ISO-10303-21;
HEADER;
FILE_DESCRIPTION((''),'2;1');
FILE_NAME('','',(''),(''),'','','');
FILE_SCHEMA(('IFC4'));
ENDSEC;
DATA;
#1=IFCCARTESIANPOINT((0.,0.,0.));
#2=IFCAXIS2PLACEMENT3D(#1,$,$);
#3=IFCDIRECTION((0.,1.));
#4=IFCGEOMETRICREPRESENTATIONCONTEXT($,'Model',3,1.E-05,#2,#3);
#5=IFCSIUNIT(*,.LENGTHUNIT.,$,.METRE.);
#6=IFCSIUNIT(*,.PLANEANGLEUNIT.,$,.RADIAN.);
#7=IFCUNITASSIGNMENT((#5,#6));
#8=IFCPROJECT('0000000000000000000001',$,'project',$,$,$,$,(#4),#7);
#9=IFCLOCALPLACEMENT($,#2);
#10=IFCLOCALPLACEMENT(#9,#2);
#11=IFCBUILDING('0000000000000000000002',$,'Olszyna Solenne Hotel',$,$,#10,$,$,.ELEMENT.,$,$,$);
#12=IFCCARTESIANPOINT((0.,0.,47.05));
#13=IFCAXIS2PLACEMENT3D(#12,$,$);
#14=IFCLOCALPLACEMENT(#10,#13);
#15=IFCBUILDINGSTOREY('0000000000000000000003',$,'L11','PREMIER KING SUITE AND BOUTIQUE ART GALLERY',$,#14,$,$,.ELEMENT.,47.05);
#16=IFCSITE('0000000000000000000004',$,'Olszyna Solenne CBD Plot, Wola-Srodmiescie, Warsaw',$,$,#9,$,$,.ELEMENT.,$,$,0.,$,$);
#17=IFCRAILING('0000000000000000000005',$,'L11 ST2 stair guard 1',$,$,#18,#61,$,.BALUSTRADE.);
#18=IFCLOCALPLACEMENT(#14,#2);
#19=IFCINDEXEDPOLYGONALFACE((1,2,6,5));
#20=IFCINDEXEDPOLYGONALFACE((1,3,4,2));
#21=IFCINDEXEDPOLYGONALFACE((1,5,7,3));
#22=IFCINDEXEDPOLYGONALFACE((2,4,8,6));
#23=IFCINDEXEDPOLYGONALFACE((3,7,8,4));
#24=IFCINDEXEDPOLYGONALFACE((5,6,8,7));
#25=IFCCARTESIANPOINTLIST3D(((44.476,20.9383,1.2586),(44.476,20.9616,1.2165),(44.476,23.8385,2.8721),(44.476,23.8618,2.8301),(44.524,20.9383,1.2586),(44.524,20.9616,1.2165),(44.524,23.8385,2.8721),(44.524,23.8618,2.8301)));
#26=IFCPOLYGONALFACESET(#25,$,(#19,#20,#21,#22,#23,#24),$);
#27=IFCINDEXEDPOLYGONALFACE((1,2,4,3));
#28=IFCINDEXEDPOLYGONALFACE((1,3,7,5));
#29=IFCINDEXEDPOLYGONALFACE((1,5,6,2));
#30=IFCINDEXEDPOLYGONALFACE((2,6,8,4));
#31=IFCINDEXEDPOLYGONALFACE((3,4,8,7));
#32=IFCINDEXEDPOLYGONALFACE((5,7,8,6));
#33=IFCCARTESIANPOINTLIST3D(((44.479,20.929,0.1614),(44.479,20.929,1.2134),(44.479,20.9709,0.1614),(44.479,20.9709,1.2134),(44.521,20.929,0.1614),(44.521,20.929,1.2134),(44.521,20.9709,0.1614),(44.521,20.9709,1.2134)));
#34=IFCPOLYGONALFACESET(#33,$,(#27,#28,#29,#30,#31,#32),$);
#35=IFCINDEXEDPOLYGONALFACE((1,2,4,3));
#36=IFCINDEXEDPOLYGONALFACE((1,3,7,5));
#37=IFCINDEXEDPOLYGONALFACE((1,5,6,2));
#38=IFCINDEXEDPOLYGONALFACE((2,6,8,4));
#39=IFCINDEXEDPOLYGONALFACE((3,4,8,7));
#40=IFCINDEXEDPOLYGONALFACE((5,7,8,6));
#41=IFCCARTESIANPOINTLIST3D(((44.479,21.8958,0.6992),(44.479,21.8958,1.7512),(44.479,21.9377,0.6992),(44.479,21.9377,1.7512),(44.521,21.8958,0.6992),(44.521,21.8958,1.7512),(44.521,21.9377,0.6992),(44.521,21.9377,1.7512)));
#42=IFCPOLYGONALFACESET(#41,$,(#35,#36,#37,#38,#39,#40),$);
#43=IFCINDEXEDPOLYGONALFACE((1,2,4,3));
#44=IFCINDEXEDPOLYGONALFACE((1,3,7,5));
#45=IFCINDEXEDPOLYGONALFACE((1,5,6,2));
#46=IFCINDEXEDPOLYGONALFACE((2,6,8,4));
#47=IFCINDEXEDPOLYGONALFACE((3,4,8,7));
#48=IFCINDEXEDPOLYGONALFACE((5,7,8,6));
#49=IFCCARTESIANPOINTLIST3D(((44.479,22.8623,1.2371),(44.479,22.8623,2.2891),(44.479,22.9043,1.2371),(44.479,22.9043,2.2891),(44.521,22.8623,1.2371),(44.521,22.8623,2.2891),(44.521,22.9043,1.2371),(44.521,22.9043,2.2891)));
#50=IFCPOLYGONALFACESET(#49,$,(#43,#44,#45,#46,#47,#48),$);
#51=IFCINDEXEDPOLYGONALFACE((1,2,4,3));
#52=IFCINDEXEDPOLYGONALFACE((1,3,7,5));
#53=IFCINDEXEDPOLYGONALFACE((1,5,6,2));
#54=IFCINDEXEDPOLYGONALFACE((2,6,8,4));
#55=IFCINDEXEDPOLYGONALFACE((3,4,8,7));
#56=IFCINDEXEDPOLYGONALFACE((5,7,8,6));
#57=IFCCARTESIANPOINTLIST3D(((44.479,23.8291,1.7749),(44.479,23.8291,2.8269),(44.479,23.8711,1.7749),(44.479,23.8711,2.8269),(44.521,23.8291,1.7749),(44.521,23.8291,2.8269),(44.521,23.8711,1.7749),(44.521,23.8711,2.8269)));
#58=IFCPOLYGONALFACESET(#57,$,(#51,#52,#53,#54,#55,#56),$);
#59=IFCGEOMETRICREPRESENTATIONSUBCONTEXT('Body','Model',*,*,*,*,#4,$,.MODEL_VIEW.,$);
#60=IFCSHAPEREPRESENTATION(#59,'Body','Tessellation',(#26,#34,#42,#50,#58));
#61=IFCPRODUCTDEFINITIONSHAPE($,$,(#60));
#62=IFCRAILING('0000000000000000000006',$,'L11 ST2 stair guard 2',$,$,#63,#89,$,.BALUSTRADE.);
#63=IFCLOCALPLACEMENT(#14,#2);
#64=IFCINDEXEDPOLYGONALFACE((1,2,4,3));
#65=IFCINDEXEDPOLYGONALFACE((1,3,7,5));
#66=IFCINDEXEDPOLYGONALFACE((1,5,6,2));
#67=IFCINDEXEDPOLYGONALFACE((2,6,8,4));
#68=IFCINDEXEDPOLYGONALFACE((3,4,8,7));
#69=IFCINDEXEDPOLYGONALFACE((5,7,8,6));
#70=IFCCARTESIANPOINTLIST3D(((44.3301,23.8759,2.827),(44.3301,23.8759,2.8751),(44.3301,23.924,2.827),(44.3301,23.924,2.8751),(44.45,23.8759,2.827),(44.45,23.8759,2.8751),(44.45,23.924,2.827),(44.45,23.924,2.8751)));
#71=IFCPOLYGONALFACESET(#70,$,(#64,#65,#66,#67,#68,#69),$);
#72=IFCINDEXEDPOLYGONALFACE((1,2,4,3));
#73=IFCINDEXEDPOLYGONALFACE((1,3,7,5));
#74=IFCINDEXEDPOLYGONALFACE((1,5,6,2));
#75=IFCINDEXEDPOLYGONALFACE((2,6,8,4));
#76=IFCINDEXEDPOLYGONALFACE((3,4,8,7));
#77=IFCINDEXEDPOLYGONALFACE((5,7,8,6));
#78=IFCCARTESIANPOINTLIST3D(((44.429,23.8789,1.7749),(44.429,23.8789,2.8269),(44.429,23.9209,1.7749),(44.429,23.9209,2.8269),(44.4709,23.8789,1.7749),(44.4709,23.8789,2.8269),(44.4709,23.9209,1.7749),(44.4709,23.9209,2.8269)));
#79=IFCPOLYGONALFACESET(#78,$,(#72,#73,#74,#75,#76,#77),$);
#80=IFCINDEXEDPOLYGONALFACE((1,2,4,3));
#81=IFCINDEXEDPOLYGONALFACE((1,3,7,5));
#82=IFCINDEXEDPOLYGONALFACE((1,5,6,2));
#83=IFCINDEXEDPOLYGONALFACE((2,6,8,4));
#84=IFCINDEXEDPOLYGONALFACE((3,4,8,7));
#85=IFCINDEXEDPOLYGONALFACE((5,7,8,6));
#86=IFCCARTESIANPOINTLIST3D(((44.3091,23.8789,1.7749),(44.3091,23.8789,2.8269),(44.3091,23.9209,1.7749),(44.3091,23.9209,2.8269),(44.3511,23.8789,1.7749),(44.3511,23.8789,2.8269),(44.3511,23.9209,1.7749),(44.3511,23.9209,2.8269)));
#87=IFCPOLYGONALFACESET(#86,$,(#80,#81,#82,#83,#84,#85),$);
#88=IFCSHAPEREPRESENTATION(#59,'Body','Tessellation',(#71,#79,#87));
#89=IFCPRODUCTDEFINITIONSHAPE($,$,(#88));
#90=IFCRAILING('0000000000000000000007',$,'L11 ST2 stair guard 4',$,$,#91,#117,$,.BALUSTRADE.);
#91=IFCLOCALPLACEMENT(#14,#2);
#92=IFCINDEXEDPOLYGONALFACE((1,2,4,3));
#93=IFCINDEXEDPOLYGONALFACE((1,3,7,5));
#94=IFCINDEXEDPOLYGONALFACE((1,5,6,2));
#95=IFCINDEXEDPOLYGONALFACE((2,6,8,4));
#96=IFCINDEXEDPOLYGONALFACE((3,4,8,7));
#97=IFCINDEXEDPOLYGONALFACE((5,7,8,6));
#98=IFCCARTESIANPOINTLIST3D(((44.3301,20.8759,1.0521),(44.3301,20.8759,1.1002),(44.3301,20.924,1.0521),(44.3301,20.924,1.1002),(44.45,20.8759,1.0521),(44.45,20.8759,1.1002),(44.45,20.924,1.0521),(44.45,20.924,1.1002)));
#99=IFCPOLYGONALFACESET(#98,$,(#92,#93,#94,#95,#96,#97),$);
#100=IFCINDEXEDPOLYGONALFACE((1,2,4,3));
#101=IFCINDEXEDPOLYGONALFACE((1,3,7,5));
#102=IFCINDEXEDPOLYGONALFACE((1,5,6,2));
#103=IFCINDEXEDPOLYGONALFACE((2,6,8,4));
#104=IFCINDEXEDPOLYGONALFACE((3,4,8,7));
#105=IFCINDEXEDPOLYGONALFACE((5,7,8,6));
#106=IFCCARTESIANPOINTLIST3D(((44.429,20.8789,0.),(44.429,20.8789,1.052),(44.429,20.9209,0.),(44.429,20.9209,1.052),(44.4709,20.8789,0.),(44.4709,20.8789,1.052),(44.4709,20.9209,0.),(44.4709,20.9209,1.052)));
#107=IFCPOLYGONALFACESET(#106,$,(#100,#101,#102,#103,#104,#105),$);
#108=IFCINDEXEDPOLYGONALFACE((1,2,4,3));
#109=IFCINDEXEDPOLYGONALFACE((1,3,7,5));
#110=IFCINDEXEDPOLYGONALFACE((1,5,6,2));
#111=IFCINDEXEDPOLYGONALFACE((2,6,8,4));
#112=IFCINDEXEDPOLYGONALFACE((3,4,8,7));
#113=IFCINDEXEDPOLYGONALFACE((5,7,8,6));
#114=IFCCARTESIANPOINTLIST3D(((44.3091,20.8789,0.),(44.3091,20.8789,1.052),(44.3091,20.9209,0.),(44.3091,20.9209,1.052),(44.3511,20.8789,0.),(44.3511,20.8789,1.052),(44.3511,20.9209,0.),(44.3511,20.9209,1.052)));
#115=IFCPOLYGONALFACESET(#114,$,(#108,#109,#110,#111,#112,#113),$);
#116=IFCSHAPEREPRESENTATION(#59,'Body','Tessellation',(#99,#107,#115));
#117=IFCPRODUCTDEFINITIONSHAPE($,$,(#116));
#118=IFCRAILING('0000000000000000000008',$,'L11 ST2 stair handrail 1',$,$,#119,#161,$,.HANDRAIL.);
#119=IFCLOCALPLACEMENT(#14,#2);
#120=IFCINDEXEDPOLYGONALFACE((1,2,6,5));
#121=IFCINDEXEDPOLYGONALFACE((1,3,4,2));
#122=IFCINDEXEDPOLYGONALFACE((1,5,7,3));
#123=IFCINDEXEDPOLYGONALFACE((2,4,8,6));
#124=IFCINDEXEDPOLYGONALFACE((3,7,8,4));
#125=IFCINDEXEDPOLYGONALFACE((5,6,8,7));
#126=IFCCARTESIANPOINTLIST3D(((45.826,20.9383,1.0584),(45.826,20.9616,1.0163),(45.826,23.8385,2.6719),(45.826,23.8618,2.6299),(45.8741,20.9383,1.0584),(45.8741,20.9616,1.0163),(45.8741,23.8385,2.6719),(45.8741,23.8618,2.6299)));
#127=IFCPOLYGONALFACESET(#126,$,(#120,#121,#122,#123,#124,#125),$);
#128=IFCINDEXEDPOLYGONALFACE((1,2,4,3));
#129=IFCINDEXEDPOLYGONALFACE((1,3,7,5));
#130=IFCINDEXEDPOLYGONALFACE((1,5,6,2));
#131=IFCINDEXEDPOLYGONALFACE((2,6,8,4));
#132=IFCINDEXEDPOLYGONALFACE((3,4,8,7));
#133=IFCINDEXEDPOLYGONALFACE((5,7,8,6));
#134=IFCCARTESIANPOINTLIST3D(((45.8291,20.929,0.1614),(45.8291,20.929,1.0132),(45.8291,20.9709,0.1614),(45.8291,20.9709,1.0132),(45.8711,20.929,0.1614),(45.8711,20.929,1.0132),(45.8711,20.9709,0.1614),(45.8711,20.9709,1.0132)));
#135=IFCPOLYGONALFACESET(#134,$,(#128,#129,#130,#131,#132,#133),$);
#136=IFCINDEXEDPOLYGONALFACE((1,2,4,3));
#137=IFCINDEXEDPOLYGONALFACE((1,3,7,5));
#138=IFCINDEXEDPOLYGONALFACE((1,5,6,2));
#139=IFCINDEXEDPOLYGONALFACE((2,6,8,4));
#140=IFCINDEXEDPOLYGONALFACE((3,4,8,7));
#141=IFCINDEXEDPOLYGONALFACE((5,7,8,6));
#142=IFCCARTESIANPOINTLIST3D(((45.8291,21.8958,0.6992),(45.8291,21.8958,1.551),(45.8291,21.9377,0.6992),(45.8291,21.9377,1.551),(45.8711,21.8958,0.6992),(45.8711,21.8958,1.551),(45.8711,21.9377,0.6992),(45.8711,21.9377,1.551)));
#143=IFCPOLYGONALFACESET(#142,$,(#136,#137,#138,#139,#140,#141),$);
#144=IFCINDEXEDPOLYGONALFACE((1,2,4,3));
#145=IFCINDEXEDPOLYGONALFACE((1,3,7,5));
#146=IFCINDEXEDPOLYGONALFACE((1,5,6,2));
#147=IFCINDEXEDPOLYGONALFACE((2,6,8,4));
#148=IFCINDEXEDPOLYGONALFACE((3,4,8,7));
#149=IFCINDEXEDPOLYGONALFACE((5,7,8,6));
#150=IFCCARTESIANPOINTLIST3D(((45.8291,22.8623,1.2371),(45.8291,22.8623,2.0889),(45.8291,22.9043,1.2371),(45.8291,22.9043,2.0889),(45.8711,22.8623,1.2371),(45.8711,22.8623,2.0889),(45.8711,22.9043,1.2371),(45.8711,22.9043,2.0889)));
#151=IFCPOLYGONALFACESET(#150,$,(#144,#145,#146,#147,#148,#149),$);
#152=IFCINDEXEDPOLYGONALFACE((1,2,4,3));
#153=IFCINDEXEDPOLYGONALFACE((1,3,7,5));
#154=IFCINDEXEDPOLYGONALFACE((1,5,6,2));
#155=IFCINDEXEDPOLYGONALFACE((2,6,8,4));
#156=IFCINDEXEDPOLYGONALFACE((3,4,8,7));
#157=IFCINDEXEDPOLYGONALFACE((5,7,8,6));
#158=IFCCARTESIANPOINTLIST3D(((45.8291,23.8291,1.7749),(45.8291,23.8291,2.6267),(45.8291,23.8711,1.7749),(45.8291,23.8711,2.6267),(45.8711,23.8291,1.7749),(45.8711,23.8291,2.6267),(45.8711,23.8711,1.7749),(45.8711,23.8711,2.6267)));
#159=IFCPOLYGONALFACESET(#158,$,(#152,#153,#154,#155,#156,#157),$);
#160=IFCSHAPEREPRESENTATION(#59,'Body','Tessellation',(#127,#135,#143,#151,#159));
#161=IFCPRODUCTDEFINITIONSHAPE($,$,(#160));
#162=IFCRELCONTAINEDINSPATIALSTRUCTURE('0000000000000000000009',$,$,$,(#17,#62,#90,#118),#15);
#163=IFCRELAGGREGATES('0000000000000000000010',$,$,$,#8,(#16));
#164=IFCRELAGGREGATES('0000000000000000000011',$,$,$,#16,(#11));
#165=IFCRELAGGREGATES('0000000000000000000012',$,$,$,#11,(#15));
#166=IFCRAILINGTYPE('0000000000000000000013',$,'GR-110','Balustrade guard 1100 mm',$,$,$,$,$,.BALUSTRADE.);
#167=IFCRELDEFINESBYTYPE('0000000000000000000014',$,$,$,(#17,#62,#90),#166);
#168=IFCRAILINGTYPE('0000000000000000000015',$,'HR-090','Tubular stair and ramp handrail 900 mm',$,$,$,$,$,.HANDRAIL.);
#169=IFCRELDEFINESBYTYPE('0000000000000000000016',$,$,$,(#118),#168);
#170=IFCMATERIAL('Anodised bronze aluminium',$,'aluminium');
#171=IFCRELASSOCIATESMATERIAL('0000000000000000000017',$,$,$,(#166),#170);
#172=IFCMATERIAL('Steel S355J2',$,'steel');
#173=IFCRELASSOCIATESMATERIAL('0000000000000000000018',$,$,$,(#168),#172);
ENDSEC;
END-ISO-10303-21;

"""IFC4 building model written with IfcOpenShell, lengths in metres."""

from ifc_helpers import new_model, si_unit, direction, frame, origin, origin_2d, place, context, subcontext, project, spatial, rectangle, extrude, material, type_object, element, save


model = new_model("IFC4")

# Units and contexts
model_context = context("Model", 3, precision=1e-05, world=origin(), true_north=direction((0.0, 1.0)))
body_context = subcontext(model_context, "Body", "Model", "MODEL_VIEW")
ifc_project = project(units=[si_unit("LENGTHUNIT", "METRE"), si_unit("PLANEANGLEUNIT", "RADIAN")], contexts=[model_context])

# Site, building, storey
site_placement = place(None, origin())
site = spatial("IfcSite", under=ifc_project, at=site_placement, Name="Olszyna Solenne CBD Plot, Wola-Srodmiescie, Warsaw", CompositionType="ELEMENT", RefElevation=0.0)
building_placement = place(site_placement, origin())
building = spatial("IfcBuilding", under=site, at=building_placement, Name="Olszyna Solenne Hotel", CompositionType="ELEMENT")
storey_placement = place(building_placement, frame((0.0, 0.0, 47.05)))
storey = spatial("IfcBuildingStorey", under=building, at=storey_placement, Name="L11", Description="PREMIER KING SUITE AND BOUTIQUE ART GALLERY", CompositionType="ELEMENT", Elevation=47.05)

# Shared definitions
ifc_material_1 = material(Name="Steel S355J2", Category="steel")

# Shared definitions
ifc_material_2 = material(Name="Anodised bronze aluminium", Category="aluminium")

# Railings
railing_type_1 = type_object("IfcRailingType", Name="GR-110", Description="Balustrade guard 1100 mm", PredefinedType="BALUSTRADE", material=ifc_material_2)
railing_1_placement = place(storey_placement, frame((44.5, 20.95, 0.1614)))
element("IfcRailing", 1, at=railing_1_placement, inside=storey, type_object=railing_type_1, Name="L11 ST2 stair guard 1", PredefinedType="BALUSTRADE", context=body_context, shape_type="SweptSolid", body=[
    extrude(rectangle(XDim=0.0481, YDim=0.0481, at=origin_2d()), frame((0.0, 0.0, 1.0762), z_axis=(0.0, 0.873859, 0.48618), x_axis=(-1.0, 0.0, 0.0)), (0.0, 0.0, 1.0), 3.3188),
    extrude(rectangle(XDim=0.042, YDim=0.042, at=origin_2d()), origin(), (0.0, 0.0, 1.0), 1.052),
    extrude(rectangle(XDim=0.042, YDim=0.042, at=origin_2d()), frame((0.0, 0.9668, 0.5378)), (0.0, 0.0, 1.0), 1.052),
    extrude(rectangle(XDim=0.042, YDim=0.042, at=origin_2d()), frame((0.0, 1.9333, 1.0757)), (0.0, 0.0, 1.0), 1.052),
    extrude(rectangle(XDim=0.042, YDim=0.042, at=origin_2d()), frame((0.0, 2.9001, 1.6135)), (0.0, 0.0, 1.0), 1.052),
])
for number, where, name in (
    (2, (44.45, 23.8999, 1.7749), "L11 ST2 stair guard 2"),
    (3, (44.45, 20.8999, 0.0), "L11 ST2 stair guard 4"),
):
    element("IfcRailing", number, at=place(storey_placement, frame(where)), inside=storey, type_object=railing_type_1, Name=name, PredefinedType="BALUSTRADE", context=body_context, shape_type="SweptSolid", body=[
        extrude(rectangle(XDim=0.0481, YDim=0.0481, at=origin_2d()), frame((0.0, 0.0, 1.0762), z_axis=(-1.0, 0.0, 0.0), x_axis=(0.0, -1.0, 0.0)), (0.0, 0.0, 1.0), 0.1199),
        extrude(rectangle(XDim=0.042, YDim=0.042, at=origin_2d()), origin(), (0.0, 0.0, 1.0), 1.052),
        extrude(rectangle(XDim=0.042, YDim=0.042, at=origin_2d()), frame((-0.1199, 0.0, 0.0)), (0.0, 0.0, 1.0), 1.052),
    ])
railing_type_2 = type_object("IfcRailingType", Name="HR-090", Description="Tubular stair and ramp handrail 900 mm", PredefinedType="HANDRAIL", material=ifc_material_1)
railing_2_placement = place(storey_placement, frame((45.8501, 20.95, 0.1614)))
element("IfcRailing", 4, at=railing_2_placement, inside=storey, type_object=railing_type_2, Name="L11 ST2 stair handrail 1", PredefinedType="HANDRAIL", context=body_context, shape_type="SweptSolid", body=[
    extrude(rectangle(XDim=0.0481, YDim=0.0481, at=origin_2d()), frame((0.0, 0.0, 0.876), z_axis=(0.0, 0.873859, 0.48618), x_axis=(-1.0, 0.0, 0.0)), (0.0, 0.0, 1.0), 3.3188),
    extrude(rectangle(XDim=0.042, YDim=0.042, at=origin_2d()), origin(), (0.0, 0.0, 1.0), 0.8518),
    extrude(rectangle(XDim=0.042, YDim=0.042, at=origin_2d()), frame((0.0, 0.9668, 0.5378)), (0.0, 0.0, 1.0), 0.8518),
    extrude(rectangle(XDim=0.042, YDim=0.042, at=origin_2d()), frame((0.0, 1.9333, 1.0757)), (0.0, 0.0, 1.0), 0.8518),
    extrude(rectangle(XDim=0.042, YDim=0.042, at=origin_2d()), frame((0.0, 2.9001, 1.6135)), (0.0, 0.0, 1.0), 0.8518),
])

save(model, "model.ifc")
